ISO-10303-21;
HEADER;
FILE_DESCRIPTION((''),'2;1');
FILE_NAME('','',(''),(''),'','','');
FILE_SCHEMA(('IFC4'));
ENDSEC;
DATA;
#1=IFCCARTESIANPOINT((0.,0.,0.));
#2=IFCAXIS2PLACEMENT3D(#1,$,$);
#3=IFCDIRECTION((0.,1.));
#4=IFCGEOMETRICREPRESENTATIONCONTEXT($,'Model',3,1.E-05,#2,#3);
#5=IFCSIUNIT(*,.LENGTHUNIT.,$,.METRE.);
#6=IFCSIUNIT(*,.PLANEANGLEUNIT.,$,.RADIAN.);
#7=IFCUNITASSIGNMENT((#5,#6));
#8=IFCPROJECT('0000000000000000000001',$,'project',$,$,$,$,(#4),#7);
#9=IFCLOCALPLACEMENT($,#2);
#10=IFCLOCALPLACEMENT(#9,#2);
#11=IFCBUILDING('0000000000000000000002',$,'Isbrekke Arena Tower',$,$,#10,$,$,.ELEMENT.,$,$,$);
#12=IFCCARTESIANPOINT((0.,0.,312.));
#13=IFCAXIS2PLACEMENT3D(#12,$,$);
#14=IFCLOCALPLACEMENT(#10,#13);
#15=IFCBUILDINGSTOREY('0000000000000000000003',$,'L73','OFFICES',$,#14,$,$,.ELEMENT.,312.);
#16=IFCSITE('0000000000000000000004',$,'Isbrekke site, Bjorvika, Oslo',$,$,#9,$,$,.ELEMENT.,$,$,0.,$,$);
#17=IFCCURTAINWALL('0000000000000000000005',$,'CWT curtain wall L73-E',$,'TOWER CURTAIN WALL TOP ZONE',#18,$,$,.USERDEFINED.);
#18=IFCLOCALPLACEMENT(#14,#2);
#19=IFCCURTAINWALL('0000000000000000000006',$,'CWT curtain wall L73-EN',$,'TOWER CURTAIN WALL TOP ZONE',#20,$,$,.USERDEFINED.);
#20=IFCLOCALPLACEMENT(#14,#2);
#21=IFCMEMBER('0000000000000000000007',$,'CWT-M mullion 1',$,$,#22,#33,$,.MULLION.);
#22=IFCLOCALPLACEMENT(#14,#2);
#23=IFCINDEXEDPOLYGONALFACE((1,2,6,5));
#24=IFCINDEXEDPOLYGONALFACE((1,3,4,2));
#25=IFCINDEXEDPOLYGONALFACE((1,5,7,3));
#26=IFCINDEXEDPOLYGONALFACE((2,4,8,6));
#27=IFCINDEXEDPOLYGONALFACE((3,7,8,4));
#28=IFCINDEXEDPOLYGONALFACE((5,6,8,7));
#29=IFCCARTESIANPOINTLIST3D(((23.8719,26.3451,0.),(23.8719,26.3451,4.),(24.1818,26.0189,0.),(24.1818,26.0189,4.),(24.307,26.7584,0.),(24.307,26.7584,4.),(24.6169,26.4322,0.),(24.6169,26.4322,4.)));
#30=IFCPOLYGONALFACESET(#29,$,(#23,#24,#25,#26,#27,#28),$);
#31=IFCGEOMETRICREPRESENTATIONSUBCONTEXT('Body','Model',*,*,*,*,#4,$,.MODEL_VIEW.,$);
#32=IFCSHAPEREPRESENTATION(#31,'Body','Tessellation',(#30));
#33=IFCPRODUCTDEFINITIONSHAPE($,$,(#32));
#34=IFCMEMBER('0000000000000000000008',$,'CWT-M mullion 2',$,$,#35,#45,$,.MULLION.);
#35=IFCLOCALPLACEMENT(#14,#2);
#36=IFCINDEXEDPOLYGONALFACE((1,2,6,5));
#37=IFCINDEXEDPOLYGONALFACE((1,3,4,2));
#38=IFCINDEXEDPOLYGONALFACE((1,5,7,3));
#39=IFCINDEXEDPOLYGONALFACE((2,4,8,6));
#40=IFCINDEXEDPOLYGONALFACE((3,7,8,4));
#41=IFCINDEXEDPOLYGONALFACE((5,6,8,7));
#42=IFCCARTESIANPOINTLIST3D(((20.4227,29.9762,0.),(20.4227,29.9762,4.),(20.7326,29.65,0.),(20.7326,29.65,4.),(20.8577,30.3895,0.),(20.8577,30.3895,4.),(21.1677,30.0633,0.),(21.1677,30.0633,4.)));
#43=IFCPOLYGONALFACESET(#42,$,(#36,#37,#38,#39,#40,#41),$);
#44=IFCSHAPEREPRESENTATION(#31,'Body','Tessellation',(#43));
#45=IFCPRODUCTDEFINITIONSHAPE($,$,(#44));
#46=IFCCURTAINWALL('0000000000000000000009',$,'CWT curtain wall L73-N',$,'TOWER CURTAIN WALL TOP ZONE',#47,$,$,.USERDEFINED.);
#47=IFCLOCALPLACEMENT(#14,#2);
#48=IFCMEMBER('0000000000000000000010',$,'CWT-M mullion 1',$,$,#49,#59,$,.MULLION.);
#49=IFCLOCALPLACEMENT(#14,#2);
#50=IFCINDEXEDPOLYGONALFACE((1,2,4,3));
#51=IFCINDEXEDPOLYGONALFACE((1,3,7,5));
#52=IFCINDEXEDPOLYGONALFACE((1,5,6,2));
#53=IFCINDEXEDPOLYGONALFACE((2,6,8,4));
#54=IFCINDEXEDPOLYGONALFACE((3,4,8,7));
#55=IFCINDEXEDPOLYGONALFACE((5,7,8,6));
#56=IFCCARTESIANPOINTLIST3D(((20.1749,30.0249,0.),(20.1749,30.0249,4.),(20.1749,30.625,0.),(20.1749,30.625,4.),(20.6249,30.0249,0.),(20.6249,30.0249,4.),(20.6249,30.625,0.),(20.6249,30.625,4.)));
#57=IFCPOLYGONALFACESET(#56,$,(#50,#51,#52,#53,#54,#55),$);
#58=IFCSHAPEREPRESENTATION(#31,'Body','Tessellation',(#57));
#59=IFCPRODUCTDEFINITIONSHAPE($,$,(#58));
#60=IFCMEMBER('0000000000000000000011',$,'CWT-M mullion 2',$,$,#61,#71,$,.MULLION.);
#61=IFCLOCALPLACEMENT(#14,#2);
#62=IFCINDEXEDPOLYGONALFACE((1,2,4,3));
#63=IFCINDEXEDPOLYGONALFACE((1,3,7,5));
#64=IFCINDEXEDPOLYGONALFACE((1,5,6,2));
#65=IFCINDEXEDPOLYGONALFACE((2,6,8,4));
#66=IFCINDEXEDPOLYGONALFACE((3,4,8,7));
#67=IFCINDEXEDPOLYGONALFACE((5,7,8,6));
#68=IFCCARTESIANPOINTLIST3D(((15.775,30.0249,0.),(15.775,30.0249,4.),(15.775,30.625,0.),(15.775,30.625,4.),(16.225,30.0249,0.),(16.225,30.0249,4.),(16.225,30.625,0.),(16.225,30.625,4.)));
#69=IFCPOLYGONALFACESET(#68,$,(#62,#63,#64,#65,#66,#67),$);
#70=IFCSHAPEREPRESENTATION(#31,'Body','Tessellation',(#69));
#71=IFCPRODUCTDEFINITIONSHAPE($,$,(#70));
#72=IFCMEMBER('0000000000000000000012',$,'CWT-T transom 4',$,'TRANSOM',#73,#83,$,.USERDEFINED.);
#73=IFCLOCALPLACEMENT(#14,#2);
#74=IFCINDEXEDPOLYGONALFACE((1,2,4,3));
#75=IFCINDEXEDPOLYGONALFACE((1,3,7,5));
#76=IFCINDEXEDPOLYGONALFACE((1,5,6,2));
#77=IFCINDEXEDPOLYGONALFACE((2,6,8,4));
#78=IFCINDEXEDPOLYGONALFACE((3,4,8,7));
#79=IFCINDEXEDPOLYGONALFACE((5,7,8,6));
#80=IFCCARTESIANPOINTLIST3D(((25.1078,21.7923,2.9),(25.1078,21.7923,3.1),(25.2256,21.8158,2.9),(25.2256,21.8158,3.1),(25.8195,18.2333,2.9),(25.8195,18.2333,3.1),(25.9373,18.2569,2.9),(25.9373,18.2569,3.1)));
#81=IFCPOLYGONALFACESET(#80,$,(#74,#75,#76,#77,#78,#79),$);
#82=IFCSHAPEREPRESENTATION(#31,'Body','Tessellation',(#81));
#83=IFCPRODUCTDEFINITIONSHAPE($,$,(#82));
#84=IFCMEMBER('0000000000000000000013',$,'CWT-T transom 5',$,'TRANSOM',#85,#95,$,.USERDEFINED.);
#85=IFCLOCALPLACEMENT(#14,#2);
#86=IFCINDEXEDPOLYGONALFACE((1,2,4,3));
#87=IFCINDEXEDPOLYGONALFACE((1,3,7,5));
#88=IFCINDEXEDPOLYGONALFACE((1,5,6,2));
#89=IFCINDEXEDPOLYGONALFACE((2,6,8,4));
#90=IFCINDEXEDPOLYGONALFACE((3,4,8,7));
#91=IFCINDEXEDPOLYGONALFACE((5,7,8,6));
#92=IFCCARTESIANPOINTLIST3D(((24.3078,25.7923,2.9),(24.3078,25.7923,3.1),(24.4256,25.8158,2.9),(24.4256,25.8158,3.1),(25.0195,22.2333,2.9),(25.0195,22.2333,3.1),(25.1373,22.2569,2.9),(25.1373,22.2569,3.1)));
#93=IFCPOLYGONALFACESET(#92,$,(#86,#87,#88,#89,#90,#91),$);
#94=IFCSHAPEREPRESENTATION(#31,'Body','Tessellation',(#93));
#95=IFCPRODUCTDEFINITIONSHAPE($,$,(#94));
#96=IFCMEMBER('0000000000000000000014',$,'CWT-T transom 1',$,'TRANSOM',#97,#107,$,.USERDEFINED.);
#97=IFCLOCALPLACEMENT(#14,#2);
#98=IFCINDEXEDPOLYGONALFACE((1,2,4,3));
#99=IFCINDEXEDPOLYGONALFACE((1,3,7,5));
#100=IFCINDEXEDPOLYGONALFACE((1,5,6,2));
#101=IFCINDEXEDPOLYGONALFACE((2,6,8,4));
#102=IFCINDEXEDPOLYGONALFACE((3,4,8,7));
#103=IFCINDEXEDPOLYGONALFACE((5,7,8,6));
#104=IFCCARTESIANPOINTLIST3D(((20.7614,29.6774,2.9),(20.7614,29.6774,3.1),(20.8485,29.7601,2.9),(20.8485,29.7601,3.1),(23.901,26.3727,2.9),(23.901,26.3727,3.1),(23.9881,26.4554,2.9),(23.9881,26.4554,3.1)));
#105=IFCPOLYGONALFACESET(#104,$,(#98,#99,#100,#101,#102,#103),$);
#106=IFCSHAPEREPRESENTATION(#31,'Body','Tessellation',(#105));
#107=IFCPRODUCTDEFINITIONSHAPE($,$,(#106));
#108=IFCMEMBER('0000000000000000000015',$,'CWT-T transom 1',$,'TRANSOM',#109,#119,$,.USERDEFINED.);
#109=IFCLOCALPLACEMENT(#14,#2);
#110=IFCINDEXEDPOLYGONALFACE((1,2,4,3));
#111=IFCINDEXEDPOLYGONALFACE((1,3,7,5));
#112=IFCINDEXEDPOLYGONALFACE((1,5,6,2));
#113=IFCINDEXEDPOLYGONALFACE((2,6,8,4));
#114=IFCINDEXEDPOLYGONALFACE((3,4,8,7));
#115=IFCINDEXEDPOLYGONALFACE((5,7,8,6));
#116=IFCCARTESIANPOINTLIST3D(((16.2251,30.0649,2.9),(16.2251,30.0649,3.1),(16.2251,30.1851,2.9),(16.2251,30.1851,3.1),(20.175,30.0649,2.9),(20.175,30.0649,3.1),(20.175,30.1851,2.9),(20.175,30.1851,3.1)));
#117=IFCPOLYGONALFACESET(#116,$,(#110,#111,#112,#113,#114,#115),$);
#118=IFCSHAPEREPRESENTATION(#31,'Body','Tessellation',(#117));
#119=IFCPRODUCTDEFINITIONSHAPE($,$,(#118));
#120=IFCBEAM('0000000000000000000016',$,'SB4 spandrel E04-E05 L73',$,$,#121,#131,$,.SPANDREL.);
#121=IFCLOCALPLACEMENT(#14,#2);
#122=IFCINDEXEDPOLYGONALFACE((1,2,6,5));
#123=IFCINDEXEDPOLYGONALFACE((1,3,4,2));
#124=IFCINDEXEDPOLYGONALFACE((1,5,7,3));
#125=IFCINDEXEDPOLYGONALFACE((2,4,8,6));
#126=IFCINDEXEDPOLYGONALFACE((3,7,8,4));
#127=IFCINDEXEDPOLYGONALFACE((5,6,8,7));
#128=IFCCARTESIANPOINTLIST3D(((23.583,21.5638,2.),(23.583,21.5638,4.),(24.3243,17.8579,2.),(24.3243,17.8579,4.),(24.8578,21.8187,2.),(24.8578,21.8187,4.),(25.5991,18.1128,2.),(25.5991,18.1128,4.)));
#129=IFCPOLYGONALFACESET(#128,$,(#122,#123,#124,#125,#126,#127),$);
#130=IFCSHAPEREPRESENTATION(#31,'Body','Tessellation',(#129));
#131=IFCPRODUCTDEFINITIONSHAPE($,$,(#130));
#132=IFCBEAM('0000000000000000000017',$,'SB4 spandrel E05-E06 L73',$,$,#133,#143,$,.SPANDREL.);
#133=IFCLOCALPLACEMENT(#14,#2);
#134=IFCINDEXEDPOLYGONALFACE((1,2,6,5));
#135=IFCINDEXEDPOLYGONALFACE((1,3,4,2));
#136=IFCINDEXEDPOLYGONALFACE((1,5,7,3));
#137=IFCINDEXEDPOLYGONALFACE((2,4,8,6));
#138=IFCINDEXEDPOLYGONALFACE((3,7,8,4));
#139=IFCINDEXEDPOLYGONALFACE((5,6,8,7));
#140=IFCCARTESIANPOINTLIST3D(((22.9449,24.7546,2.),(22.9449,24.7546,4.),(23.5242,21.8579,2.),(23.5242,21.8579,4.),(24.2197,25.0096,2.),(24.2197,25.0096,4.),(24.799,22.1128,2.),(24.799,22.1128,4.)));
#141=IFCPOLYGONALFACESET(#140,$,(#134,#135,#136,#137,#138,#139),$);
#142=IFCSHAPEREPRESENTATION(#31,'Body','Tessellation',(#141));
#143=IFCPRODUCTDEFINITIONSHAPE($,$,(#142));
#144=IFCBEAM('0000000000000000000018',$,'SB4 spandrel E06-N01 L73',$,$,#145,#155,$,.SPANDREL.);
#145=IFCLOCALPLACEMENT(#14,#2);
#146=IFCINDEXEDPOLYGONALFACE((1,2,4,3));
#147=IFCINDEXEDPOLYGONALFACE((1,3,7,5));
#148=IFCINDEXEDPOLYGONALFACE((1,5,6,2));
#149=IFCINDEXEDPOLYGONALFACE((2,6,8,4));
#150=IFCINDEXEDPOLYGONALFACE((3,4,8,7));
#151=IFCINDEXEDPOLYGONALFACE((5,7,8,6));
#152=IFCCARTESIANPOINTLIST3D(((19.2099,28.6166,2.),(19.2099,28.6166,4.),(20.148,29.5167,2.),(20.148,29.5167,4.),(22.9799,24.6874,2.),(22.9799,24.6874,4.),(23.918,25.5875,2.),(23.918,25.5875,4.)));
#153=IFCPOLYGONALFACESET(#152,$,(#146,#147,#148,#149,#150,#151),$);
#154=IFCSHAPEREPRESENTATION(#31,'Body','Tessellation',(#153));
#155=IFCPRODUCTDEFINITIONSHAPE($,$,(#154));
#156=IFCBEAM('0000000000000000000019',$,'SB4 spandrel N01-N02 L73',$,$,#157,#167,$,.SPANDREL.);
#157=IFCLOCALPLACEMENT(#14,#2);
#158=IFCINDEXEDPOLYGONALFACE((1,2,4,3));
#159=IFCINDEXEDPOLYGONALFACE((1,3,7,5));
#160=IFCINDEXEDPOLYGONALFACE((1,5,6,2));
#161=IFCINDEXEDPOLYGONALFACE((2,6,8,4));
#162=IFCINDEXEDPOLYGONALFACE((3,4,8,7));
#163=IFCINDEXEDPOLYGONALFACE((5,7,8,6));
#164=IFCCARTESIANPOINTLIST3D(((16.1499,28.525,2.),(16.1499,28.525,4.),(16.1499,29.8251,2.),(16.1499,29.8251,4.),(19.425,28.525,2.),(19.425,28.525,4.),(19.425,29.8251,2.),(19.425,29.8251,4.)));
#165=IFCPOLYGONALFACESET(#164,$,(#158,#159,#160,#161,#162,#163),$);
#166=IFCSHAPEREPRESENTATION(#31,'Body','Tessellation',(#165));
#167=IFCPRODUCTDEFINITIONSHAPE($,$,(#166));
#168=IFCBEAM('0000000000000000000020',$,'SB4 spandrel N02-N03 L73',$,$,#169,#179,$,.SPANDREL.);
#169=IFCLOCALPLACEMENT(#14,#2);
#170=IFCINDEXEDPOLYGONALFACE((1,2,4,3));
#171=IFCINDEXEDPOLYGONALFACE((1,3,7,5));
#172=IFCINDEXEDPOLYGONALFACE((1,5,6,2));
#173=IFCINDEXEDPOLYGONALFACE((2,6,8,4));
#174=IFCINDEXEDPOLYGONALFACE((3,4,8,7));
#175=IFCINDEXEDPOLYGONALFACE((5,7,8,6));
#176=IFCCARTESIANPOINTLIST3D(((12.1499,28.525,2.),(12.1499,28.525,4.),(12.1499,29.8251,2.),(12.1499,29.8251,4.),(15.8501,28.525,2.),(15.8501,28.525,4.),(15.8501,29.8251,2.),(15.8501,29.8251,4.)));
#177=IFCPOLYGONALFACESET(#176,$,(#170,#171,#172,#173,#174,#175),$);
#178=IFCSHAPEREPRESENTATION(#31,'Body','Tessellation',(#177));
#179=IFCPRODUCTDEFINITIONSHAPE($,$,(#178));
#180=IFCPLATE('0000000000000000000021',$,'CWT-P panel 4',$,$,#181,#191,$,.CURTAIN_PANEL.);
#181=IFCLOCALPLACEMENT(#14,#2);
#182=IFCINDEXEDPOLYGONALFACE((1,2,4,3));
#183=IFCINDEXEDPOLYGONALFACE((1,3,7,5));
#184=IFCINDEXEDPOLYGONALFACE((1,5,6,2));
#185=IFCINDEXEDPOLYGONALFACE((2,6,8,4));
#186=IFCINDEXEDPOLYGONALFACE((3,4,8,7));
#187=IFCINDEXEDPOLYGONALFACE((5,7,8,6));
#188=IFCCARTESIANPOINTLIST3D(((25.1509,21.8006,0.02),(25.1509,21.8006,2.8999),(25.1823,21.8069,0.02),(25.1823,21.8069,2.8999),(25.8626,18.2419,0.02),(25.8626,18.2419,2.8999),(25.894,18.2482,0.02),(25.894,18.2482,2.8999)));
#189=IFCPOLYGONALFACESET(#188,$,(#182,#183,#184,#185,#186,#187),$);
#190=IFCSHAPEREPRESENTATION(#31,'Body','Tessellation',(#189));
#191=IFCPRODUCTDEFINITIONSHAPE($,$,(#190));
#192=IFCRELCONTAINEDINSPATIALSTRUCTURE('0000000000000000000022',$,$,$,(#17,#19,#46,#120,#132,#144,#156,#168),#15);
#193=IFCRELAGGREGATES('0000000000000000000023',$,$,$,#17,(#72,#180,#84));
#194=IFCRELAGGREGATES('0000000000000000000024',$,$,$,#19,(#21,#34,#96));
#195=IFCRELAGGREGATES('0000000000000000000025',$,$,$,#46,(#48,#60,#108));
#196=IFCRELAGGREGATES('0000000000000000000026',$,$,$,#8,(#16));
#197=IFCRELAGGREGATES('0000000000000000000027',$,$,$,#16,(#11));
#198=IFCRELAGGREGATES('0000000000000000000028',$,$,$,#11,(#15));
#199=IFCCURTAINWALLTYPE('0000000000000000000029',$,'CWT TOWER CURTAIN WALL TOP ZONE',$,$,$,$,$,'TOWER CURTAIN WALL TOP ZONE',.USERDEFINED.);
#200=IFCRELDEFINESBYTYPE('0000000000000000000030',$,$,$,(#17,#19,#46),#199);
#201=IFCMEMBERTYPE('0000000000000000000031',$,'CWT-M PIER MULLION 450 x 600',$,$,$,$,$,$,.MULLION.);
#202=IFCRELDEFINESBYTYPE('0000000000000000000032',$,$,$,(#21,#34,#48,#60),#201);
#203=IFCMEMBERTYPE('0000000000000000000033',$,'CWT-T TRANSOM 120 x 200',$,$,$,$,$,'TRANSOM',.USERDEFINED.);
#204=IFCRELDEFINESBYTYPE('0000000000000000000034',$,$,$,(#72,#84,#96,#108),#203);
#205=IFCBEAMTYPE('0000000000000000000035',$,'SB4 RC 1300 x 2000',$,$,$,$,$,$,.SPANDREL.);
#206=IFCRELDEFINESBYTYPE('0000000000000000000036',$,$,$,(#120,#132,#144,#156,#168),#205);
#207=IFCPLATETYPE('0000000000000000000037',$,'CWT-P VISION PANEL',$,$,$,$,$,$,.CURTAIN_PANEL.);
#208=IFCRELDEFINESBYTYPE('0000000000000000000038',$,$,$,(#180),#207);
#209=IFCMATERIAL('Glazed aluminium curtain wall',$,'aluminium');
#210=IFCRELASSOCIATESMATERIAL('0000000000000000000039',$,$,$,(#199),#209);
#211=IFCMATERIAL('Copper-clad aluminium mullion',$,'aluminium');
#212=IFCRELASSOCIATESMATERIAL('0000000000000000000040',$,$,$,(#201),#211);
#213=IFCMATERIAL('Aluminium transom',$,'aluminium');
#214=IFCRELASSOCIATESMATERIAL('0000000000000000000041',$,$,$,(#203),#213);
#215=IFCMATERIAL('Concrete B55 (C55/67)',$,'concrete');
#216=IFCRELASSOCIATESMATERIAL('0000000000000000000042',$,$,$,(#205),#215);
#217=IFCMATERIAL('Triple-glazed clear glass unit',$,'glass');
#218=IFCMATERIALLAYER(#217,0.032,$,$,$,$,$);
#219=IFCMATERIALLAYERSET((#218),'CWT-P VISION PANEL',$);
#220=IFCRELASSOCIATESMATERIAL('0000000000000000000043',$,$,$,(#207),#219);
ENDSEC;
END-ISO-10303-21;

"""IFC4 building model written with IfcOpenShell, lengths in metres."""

from ifc_helpers import new_model, si_unit, direction, frame, origin, origin_2d, place, context, subcontext, project, spatial, rectangle, extrude, material, layer, layer_set, material_profile, profile_set, type_object, element, aggregate, save


model = new_model("IFC4")

# Units and contexts
model_context = context("Model", 3, precision=1e-05, world=origin(), true_north=direction((0.0, 1.0)))
body_context = subcontext(model_context, "Body", "Model", "MODEL_VIEW")
ifc_project = project(units=[si_unit("LENGTHUNIT", "METRE"), si_unit("PLANEANGLEUNIT", "RADIAN")], contexts=[model_context])

# Site, building, storey
site_placement = place(None, origin())
site = spatial("IfcSite", under=ifc_project, at=site_placement, Name="Isbrekke site, Bjorvika, Oslo", CompositionType="ELEMENT", RefElevation=0.0)
building_placement = place(site_placement, origin())
building = spatial("IfcBuilding", under=site, at=building_placement, Name="Isbrekke Arena Tower", CompositionType="ELEMENT")
storey_placement = place(building_placement, frame((0.0, 0.0, 312.0)))
storey = spatial("IfcBuildingStorey", under=building, at=storey_placement, Name="L73", Description="OFFICES", CompositionType="ELEMENT", Elevation=312.0)

# Curtain walls, members
ifc_material_1 = material(Name="Glazed aluminium curtain wall", Category="aluminium")
curtain_wall_type = type_object("IfcCurtainWallType", Name="CWT TOWER CURTAIN WALL TOP ZONE", ElementType="TOWER CURTAIN WALL TOP ZONE", PredefinedType="USERDEFINED", material=ifc_material_1)
curtain_wall_1_placement = place(storey_placement, origin())
curtain_wall_1 = element("IfcCurtainWall", 1, at=curtain_wall_1_placement, inside=storey, type_object=curtain_wall_type, Name="CWT curtain wall L73-E", ObjectType="TOWER CURTAIN WALL TOP ZONE", PredefinedType="USERDEFINED")
ifc_material_2 = material(Name="Copper-clad aluminium mullion", Category="aluminium")
ifc_material_profile_1 = material_profile(ifc_material_2, rectangle(XDim=0.45, YDim=0.6001, at=origin_2d()), Name="PIER 450X600")
ifc_profile_set_1 = profile_set([ifc_material_profile_1], Name="Copper-clad aluminium mullion")
member_type_1 = type_object("IfcMemberType", Name="CWT-M PIER MULLION 450 x 600", PredefinedType="MULLION", material=ifc_profile_set_1)
curtain_wall_2_placement = place(storey_placement, origin())
curtain_wall_2 = element("IfcCurtainWall", 2, at=curtain_wall_2_placement, inside=storey, type_object=curtain_wall_type, Name="CWT curtain wall L73-EN", ObjectType="TOWER CURTAIN WALL TOP ZONE", PredefinedType="USERDEFINED")
member_1_placement = place(storey_placement, frame((24.2444, 26.3887, 0.0), z_axis=(0.0, 0.0, 1.0), x_axis=(-0.688749, 0.724999, 0.0)))
member_1 = element("IfcMember", 3, at=member_1_placement, type_object=member_type_1, Name="CWT-M mullion 1", PredefinedType="MULLION", context=body_context, shape_type="SweptSolid", body=[
    extrude(rectangle(XDim=0.45, YDim=0.6001, at=origin_2d()), origin(), (0.0, 0.0, 1.0), 4.0),
])
member_2_placement = place(storey_placement, frame((20.7952, 30.0198, 0.0), z_axis=(0.0, 0.0, 1.0), x_axis=(-0.688749, 0.724999, 0.0)))
member_2 = element("IfcMember", 4, at=member_2_placement, type_object=member_type_1, Name="CWT-M mullion 2", PredefinedType="MULLION", context=body_context, shape_type="SweptSolid", body=[
    extrude(rectangle(XDim=0.45, YDim=0.6001, at=origin_2d()), origin(), (0.0, 0.0, 1.0), 4.0),
])
curtain_wall_3_placement = place(storey_placement, origin())
curtain_wall_3 = element("IfcCurtainWall", 5, at=curtain_wall_3_placement, inside=storey, type_object=curtain_wall_type, Name="CWT curtain wall L73-N", ObjectType="TOWER CURTAIN WALL TOP ZONE", PredefinedType="USERDEFINED")
member_3_placement = place(storey_placement, frame((20.3999, 30.325, 0.0), z_axis=(0.0, 0.0, 1.0), x_axis=(-1.0, 0.0, 0.0)))
member_3 = element("IfcMember", 6, at=member_3_placement, type_object=member_type_1, Name="CWT-M mullion 1", PredefinedType="MULLION", context=body_context, shape_type="SweptSolid", body=[
    extrude(rectangle(XDim=0.45, YDim=0.6001, at=origin_2d()), origin(), (0.0, 0.0, 1.0), 4.0),
])
member_4_placement = place(storey_placement, frame((16.0, 30.325, 0.0), z_axis=(0.0, 0.0, 1.0), x_axis=(-1.0, 0.0, 0.0)))
member_4 = element("IfcMember", 7, at=member_4_placement, type_object=member_type_1, Name="CWT-M mullion 2", PredefinedType="MULLION", context=body_context, shape_type="SweptSolid", body=[
    extrude(rectangle(XDim=0.45, YDim=0.6001, at=origin_2d()), origin(), (0.0, 0.0, 1.0), 4.0),
])

# Members
ifc_material_3 = material(Name="Aluminium transom", Category="aluminium")
ifc_material_profile_2 = material_profile(ifc_material_3, rectangle(XDim=0.1201, YDim=0.2, at=origin_2d()), Name="TRANSOM 120X200")
ifc_profile_set_2 = profile_set([ifc_material_profile_2], Name="Aluminium transom")
member_type_2 = type_object("IfcMemberType", Name="CWT-T TRANSOM 120 x 200", ElementType="TRANSOM", PredefinedType="USERDEFINED", material=ifc_profile_set_2)
member_5_placement = place(storey_placement, frame((25.8784, 18.2451, 3.0), z_axis=(-0.19609, 0.980586, 0.0), x_axis=(-0.980586, -0.19609, 0.0)))
member_5 = element("IfcMember", 8, at=member_5_placement, type_object=member_type_2, Name="CWT-T transom 4", ObjectType="TRANSOM", PredefinedType="USERDEFINED", context=body_context, shape_type="SweptSolid", body=[
    extrude(rectangle(XDim=0.1201, YDim=0.2, at=origin_2d()), origin(), (0.0, 0.0, 1.0), 3.6294),
])
member_6_placement = place(storey_placement, frame((25.0784, 22.2451, 3.0), z_axis=(-0.19609, 0.980586, 0.0), x_axis=(-0.980586, -0.19609, 0.0)))
member_6 = element("IfcMember", 9, at=member_6_placement, type_object=member_type_2, Name="CWT-T transom 5", ObjectType="TRANSOM", PredefinedType="USERDEFINED", context=body_context, shape_type="SweptSolid", body=[
    extrude(rectangle(XDim=0.1201, YDim=0.2, at=origin_2d()), origin(), (0.0, 0.0, 1.0), 3.6294),
])
member_7_placement = place(storey_placement, frame((23.9446, 26.4141, 3.0), z_axis=(-0.688772, 0.724978, 0.0), x_axis=(-0.724978, -0.688772, 0.0)))
member_7 = element("IfcMember", 10, at=member_7_placement, type_object=member_type_2, Name="CWT-T transom 1", ObjectType="TRANSOM", PredefinedType="USERDEFINED", context=body_context, shape_type="SweptSolid", body=[
    extrude(rectangle(XDim=0.1201, YDim=0.2, at=origin_2d()), origin(), (0.0, 0.0, 1.0), 4.5583),
])
member_8_placement = place(storey_placement, frame((20.175, 30.125, 3.0), z_axis=(-1.0, 0.0, 0.0), x_axis=(0.0, -1.0, 0.0)))
member_8 = element("IfcMember", 11, at=member_8_placement, type_object=member_type_2, Name="CWT-T transom 1", ObjectType="TRANSOM", PredefinedType="USERDEFINED", context=body_context, shape_type="SweptSolid", body=[
    extrude(rectangle(XDim=0.1201, YDim=0.2, at=origin_2d()), origin(), (0.0, 0.0, 1.0), 3.95),
])

# Beams
ifc_material_4 = material(Name="Concrete B55 (C55/67)", Category="concrete")
ifc_material_profile_3 = material_profile(ifc_material_4, rectangle(XDim=1.3, YDim=2.0, at=origin_2d()), Name="RC 1300x2000")
ifc_profile_set_3 = profile_set([ifc_material_profile_3], Name="Concrete B55 (C55/67)")
beam_type_1 = type_object("IfcBeamType", Name="SB4 RC 1300 x 2000", PredefinedType="SPANDREL", material=ifc_profile_set_3)
beam_1_placement = place(storey_placement, frame((24.9617, 17.9854, 3.0), z_axis=(-0.196129, 0.980578, 0.0), x_axis=(-0.980578, -0.196129, 0.0)))
element("IfcBeam", 12, at=beam_1_placement, inside=storey, type_object=beam_type_1, Name="SB4 spandrel E04-E05 L73", PredefinedType="SPANDREL", context=body_context, shape_type="SweptSolid", body=[
    extrude(rectangle(XDim=1.3, YDim=2.0, at=origin_2d()), origin(), (0.0, 0.0, 1.0), 3.7793),
])
beam_2_placement = place(storey_placement, frame((24.1616, 21.9854, 3.0), z_axis=(-0.196116, 0.980581, 0.0), x_axis=(-0.980581, -0.196116, 0.0)))
element("IfcBeam", 13, at=beam_2_placement, inside=storey, type_object=beam_type_1, Name="SB4 spandrel E05-E06 L73", PredefinedType="SPANDREL", context=body_context, shape_type="SweptSolid", body=[
    extrude(rectangle(XDim=1.3, YDim=2.0, at=origin_2d()), origin(), (0.0, 0.0, 1.0), 2.9541),
])
beam_3_placement = place(storey_placement, frame((23.449, 25.1375, 3.0), z_axis=(-0.69234, 0.721572, 0.0), x_axis=(-0.721572, -0.69234, 0.0)))
element("IfcBeam", 14, at=beam_3_placement, inside=storey, type_object=beam_type_1, Name="SB4 spandrel E06-N01 L73", PredefinedType="SPANDREL", context=body_context, shape_type="SweptSolid", body=[
    extrude(rectangle(XDim=1.3, YDim=2.0, at=origin_2d()), origin(), (0.0, 0.0, 1.0), 5.4453),
])
beam_4_placement = place(storey_placement, frame((19.425, 29.175, 3.0), z_axis=(-1.0, 0.0, 0.0), x_axis=(0.0, -1.0, 0.0)))
element("IfcBeam", 15, at=beam_4_placement, inside=storey, type_object=beam_type_1, Name="SB4 spandrel N01-N02 L73", PredefinedType="SPANDREL", context=body_context, shape_type="SweptSolid", body=[
    extrude(rectangle(XDim=1.3, YDim=2.0, at=origin_2d()), origin(), (0.0, 0.0, 1.0), 3.2751),
])
beam_5_placement = place(storey_placement, frame((15.8501, 29.175, 3.0), z_axis=(-1.0, 0.0, 0.0), x_axis=(0.0, -1.0, 0.0)))
element("IfcBeam", 16, at=beam_5_placement, inside=storey, type_object=beam_type_1, Name="SB4 spandrel N02-N03 L73", PredefinedType="SPANDREL", context=body_context, shape_type="SweptSolid", body=[
    extrude(rectangle(XDim=1.3, YDim=2.0, at=origin_2d()), origin(), (0.0, 0.0, 1.0), 3.7002),
])

# Plate
ifc_material_5 = material(Name="Triple-glazed clear glass unit", Category="glass")
ifc_layer_1 = layer(ifc_material_5, 0.032)
ifc_layer_set_1 = layer_set([ifc_layer_1], Name="CWT-P VISION PANEL")
plate_type = type_object("IfcPlateType", Name="CWT-P VISION PANEL", PredefinedType="CURTAIN_PANEL", material=ifc_layer_set_1)
plate_1_placement = place(storey_placement, frame((25.5225, 20.0244, 0.02), z_axis=(0.0, 0.0, 1.0), x_axis=(-0.196116, 0.980581, 0.0)))
plate_1 = element("IfcPlate", 17, at=plate_1_placement, type_object=plate_type, Name="CWT-P panel 4", PredefinedType="CURTAIN_PANEL", context=body_context, shape_type="SweptSolid", body=[
    extrude(rectangle(XDim=3.6292, YDim=0.032, at=origin_2d()), origin(), (0.0, 0.0, 1.0), 2.8799),
])
aggregate(curtain_wall_1, [member_5, plate_1, member_6])
aggregate(curtain_wall_2, [member_1, member_2, member_7])
aggregate(curtain_wall_3, [member_3, member_4, member_8])

save(model, "model.ifc")
